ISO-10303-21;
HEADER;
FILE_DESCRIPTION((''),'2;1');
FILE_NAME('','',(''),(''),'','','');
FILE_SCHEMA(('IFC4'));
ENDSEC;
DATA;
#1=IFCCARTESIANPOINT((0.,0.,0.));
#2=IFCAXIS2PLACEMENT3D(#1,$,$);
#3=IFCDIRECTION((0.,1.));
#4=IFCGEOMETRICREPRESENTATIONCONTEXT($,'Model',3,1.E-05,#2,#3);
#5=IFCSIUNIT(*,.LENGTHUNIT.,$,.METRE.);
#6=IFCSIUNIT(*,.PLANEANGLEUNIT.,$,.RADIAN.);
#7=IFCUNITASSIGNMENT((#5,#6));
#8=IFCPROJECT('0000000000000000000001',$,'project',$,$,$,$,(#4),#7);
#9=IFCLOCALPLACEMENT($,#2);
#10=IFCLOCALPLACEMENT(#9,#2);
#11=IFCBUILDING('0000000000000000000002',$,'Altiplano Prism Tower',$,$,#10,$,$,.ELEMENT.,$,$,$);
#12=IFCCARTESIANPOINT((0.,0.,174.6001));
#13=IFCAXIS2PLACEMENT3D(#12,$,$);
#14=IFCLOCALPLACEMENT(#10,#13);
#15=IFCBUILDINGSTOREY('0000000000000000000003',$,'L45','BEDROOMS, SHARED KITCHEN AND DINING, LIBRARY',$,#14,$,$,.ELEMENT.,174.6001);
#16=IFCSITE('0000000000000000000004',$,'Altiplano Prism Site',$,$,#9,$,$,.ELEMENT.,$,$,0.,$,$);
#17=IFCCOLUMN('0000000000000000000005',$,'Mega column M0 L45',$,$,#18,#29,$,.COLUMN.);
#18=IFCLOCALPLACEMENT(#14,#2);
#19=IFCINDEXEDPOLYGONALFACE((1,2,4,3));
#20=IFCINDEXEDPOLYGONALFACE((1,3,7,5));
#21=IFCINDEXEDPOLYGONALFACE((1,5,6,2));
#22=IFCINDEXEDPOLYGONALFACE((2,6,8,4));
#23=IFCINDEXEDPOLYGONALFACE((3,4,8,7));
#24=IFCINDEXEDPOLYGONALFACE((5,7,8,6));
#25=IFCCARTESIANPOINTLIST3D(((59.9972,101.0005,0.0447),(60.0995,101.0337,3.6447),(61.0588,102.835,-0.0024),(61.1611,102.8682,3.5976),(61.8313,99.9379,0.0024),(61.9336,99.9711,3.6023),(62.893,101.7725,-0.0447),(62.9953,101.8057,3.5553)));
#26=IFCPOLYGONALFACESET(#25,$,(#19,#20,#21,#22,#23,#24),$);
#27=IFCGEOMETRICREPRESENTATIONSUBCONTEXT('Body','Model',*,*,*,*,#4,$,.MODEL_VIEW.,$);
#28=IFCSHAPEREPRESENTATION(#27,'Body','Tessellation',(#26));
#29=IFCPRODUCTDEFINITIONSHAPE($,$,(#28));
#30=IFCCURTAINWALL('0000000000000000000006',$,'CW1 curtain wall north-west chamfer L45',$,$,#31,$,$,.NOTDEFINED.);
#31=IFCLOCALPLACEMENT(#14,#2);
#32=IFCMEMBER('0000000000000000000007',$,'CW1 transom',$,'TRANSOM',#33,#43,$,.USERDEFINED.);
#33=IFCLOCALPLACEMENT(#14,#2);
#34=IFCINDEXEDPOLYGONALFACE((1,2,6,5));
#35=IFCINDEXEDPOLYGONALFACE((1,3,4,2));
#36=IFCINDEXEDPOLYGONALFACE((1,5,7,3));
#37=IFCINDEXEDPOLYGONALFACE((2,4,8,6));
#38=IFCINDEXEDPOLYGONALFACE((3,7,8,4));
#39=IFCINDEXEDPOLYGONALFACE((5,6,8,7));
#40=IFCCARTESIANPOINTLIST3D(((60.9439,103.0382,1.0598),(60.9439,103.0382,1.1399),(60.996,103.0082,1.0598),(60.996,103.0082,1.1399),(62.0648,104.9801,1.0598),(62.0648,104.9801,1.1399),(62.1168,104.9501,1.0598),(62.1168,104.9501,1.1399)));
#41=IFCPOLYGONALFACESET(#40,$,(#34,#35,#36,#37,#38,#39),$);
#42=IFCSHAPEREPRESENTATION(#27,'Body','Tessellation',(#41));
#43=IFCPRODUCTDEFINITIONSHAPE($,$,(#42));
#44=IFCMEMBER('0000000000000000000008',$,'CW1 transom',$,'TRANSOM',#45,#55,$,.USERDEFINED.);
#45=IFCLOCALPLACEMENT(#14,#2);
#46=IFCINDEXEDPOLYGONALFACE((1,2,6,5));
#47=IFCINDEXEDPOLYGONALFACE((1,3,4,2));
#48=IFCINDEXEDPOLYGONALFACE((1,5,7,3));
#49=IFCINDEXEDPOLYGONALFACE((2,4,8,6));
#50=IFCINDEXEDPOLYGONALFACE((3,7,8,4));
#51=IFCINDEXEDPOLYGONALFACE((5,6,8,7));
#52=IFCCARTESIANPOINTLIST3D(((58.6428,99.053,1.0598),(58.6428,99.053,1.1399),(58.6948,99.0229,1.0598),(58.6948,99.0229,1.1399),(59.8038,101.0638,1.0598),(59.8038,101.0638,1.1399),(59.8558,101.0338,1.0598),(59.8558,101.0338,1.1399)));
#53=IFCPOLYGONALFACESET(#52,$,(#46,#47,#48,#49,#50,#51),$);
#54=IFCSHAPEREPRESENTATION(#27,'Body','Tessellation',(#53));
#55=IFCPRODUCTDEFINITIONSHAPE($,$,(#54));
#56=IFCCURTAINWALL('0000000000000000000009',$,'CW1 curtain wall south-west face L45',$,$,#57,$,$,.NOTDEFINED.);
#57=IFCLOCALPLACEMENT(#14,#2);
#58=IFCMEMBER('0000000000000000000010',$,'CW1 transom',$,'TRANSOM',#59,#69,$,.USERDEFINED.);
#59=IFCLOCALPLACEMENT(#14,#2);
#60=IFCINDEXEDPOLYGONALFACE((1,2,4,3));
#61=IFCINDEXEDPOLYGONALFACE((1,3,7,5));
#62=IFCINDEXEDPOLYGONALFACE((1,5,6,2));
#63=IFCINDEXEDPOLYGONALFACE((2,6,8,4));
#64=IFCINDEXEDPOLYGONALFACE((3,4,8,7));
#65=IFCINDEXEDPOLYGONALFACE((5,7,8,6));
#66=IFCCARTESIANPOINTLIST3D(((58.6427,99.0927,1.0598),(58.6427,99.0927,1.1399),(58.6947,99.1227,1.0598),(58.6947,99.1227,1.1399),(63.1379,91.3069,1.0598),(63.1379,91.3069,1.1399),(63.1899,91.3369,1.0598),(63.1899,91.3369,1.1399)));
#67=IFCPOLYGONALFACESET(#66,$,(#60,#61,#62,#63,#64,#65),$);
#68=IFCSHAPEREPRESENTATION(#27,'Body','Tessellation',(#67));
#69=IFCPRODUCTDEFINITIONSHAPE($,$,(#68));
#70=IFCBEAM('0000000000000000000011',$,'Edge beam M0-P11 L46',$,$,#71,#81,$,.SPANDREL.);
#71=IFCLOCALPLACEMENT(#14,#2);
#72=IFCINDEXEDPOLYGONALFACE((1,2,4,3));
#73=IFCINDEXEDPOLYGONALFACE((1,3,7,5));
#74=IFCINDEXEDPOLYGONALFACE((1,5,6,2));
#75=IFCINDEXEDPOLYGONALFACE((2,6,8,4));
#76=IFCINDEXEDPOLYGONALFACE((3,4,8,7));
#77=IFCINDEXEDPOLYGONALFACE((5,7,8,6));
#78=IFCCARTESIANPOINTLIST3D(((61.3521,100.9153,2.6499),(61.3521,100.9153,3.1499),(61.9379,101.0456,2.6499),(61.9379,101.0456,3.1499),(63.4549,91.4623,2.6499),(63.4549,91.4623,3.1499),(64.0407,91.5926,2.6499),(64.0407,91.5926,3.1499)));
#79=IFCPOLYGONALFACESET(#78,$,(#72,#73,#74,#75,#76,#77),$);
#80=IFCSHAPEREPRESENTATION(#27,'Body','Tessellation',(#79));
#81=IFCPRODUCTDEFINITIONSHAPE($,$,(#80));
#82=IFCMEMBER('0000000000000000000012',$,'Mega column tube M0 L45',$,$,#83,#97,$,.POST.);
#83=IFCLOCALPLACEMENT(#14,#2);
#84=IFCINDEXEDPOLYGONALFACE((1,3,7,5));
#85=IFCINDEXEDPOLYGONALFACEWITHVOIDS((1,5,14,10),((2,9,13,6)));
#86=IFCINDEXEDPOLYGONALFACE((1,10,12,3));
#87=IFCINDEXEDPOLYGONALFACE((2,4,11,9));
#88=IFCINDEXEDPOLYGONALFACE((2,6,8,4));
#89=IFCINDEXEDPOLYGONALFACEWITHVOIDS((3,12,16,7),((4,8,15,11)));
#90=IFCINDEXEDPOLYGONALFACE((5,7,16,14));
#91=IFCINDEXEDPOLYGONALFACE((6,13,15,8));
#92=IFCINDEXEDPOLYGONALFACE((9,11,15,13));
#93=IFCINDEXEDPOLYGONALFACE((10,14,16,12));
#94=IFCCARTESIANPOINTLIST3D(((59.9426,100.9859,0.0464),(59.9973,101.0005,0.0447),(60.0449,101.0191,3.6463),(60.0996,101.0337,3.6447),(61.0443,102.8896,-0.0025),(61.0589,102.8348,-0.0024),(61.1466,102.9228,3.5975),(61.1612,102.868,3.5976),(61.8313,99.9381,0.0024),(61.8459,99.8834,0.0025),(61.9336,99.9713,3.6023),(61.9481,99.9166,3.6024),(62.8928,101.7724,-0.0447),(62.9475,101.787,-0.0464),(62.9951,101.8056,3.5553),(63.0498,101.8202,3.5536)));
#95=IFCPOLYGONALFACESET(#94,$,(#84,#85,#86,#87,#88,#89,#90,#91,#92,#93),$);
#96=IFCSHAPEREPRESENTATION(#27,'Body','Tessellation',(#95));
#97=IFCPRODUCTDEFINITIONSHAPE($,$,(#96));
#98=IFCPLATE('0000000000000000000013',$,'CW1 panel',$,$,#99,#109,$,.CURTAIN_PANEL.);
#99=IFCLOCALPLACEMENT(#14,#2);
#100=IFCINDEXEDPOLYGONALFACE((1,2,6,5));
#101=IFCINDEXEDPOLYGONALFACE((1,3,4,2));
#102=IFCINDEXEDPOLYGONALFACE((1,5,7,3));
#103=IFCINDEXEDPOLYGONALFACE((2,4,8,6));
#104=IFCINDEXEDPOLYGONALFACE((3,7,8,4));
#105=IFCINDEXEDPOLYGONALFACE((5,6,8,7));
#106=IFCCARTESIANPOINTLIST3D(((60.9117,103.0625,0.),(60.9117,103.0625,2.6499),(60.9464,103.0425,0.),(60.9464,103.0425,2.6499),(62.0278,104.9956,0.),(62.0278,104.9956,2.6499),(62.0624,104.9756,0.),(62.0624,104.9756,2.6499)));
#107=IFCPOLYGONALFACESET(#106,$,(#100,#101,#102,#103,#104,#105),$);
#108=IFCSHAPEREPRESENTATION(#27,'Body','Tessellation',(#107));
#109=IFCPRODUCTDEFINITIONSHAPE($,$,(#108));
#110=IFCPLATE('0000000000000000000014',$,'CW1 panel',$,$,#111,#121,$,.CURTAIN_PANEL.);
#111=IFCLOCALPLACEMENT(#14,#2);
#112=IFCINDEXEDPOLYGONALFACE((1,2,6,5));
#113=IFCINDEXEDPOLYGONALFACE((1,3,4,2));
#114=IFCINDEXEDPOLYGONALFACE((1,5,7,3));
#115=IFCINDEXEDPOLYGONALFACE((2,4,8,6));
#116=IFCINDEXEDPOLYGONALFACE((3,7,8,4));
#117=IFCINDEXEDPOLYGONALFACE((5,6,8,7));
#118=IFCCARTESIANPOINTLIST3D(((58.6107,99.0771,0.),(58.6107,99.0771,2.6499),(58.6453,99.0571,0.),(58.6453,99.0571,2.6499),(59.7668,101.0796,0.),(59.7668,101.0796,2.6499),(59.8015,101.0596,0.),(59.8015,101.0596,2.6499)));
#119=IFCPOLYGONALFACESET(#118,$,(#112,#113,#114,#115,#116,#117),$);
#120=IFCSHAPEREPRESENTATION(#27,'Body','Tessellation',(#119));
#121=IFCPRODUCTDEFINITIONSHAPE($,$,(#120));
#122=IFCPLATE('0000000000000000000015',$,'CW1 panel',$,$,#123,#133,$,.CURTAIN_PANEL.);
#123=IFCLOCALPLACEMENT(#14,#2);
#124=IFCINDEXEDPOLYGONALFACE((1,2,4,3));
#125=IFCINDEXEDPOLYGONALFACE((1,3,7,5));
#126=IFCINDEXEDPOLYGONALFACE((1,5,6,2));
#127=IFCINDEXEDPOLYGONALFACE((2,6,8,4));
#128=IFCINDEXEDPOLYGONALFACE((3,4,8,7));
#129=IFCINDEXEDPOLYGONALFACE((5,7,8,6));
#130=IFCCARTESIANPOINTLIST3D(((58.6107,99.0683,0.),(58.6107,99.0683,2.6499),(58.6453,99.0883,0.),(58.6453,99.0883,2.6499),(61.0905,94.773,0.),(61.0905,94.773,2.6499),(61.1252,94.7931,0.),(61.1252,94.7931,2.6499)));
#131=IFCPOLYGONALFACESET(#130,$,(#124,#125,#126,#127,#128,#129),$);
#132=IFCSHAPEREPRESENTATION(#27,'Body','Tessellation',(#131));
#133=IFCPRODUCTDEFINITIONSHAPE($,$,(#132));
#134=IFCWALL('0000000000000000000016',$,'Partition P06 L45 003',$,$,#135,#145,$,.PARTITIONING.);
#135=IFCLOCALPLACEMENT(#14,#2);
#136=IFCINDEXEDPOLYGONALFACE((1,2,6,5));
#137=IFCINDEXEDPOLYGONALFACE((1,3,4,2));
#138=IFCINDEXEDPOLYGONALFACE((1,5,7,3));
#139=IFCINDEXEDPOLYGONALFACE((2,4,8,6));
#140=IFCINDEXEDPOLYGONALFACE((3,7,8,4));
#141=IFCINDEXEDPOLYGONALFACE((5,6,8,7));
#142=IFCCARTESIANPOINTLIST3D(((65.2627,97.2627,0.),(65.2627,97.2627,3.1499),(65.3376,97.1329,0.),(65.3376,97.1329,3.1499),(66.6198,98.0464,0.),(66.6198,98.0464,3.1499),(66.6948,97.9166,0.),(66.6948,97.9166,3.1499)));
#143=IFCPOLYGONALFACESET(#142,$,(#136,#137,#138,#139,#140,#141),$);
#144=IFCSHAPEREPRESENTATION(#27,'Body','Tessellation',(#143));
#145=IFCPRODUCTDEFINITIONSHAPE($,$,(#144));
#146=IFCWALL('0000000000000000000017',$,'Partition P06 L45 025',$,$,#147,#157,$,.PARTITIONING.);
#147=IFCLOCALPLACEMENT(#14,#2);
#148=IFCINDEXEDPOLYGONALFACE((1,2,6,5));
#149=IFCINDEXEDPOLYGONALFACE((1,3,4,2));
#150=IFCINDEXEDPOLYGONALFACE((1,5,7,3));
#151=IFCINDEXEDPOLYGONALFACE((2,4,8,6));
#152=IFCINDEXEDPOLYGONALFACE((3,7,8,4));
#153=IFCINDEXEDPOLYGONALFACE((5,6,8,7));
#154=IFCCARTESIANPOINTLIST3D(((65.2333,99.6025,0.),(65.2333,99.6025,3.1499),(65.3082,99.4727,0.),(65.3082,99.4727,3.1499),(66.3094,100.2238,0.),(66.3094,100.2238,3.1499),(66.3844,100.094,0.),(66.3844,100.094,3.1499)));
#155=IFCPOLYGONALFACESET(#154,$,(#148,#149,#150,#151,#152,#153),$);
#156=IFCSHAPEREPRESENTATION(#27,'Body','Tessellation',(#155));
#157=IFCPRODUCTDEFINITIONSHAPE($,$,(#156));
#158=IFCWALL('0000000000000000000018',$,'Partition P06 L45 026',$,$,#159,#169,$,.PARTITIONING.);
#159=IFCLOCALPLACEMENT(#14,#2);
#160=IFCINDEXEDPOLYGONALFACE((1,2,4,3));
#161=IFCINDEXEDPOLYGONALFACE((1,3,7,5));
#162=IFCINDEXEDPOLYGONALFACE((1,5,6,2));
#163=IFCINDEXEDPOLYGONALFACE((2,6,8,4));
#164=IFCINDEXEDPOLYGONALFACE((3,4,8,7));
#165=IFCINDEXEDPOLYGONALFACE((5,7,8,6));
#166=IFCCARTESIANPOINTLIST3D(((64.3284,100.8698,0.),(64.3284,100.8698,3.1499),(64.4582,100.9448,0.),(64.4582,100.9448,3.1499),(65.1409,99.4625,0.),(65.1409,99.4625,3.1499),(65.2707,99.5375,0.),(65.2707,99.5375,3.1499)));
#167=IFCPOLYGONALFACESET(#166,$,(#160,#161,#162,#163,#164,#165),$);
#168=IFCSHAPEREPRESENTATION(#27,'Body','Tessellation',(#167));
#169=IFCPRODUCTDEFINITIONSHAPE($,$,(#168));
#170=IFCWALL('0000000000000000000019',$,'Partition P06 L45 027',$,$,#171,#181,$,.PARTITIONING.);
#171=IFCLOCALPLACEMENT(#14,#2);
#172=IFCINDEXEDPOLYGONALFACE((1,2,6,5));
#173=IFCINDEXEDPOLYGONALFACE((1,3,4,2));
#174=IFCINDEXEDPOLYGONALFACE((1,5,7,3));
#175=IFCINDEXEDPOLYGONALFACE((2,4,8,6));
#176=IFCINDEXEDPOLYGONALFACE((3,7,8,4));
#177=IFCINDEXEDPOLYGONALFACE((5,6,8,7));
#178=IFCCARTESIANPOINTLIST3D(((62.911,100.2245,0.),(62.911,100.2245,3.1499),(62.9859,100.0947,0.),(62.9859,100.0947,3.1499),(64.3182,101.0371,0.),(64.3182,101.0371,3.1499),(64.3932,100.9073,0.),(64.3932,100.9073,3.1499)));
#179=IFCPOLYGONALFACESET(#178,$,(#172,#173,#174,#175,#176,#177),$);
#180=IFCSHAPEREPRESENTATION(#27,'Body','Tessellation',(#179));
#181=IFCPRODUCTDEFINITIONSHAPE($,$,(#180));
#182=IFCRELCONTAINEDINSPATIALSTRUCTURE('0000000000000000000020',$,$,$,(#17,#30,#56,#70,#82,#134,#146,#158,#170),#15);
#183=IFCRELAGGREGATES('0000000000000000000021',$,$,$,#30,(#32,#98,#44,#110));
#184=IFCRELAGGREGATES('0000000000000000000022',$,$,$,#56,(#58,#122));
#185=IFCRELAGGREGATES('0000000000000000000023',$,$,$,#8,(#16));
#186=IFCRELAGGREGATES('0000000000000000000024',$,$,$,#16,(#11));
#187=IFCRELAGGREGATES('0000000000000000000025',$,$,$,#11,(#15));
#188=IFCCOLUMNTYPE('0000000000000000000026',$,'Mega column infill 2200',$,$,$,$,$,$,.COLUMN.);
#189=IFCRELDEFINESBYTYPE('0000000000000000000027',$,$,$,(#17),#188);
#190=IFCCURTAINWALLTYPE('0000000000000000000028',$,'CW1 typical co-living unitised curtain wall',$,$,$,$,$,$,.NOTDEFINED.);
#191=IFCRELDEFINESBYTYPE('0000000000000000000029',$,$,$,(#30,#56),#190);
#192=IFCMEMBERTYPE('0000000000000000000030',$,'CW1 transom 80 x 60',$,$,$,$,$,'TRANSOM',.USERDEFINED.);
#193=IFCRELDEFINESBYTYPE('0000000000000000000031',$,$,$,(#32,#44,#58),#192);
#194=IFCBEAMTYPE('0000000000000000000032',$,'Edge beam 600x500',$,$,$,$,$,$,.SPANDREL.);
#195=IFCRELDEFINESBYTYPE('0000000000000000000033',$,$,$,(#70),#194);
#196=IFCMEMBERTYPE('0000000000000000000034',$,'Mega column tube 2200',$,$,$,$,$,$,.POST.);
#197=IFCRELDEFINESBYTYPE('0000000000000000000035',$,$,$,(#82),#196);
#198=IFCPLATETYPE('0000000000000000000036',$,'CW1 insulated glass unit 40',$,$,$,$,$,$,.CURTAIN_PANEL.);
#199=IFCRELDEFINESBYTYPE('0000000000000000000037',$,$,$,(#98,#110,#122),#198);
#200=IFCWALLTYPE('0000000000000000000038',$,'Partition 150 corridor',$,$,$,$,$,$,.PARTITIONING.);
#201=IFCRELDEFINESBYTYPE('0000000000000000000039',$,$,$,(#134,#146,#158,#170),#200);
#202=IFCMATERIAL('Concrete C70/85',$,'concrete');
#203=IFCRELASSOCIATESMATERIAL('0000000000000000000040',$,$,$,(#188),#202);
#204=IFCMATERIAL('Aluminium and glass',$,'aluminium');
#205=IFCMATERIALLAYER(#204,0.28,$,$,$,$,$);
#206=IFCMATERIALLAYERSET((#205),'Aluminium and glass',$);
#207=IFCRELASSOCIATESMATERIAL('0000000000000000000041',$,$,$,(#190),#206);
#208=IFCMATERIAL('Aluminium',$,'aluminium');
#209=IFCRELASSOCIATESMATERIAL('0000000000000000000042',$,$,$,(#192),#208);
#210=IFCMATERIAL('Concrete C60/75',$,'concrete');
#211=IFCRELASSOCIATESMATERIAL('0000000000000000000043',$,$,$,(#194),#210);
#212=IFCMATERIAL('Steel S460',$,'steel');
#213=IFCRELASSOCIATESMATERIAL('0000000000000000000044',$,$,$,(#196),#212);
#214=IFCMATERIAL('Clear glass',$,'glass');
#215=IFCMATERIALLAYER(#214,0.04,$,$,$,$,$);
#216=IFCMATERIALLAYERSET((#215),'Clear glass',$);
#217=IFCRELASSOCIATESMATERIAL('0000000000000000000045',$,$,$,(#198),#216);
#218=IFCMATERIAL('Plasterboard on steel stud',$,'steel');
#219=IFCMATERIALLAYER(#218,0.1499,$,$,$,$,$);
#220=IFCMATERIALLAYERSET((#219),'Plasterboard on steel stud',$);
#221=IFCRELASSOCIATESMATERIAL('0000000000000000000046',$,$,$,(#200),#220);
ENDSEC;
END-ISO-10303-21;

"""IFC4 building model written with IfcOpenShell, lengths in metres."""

from ifc_helpers import new_model, si_unit, direction, frame, frame_2d, origin, origin_2d, place, context, subcontext, project, spatial, rectangle, hollow_rectangle, extrude, material, layer, layer_set, material_profile, profile_set, type_object, element, aggregate, save


model = new_model("IFC4")

# Units and contexts
model_context = context("Model", 3, precision=1e-05, world=origin(), true_north=direction((0.0, 1.0)))
body_context = subcontext(model_context, "Body", "Model", "MODEL_VIEW")
ifc_project = project(units=[si_unit("LENGTHUNIT", "METRE"), si_unit("PLANEANGLEUNIT", "RADIAN")], contexts=[model_context])

# Site, building, storey
site_placement = place(None, origin())
site = spatial("IfcSite", under=ifc_project, at=site_placement, Name="Altiplano Prism Site", CompositionType="ELEMENT", RefElevation=0.0)
building_placement = place(site_placement, origin())
building = spatial("IfcBuilding", under=site, at=building_placement, Name="Altiplano Prism Tower", CompositionType="ELEMENT")
storey_placement = place(building_placement, frame((0.0, 0.0, 174.6001)))
storey = spatial("IfcBuildingStorey", under=building, at=storey_placement, Name="L45", Description="BEDROOMS, SHARED KITCHEN AND DINING, LIBRARY", CompositionType="ELEMENT", Elevation=174.6001)

# Column
ifc_material_1 = material(Name="Concrete C70/85", Category="concrete")
ifc_material_profile_1 = material_profile(ifc_material_1, rectangle(XDim=2.1201, YDim=2.1201, at=origin_2d()), Name="Mega column infill 2200")
ifc_profile_set_1 = profile_set([ifc_material_profile_1], Name="Concrete C70/85")
column_type = type_object("IfcColumnType", Name="Mega column infill 2200", PredefinedType="COLUMN", material=ifc_profile_set_1)
column_placement = place(storey_placement, frame((61.4451, 101.3865, 0.0), z_axis=(0.028404, 0.009219, 0.999554), x_axis=(-0.865119, 0.50117, 0.019961)))
element("IfcColumn", 1, at=column_placement, inside=storey, type_object=column_type, Name="Mega column M0 L45", PredefinedType="COLUMN", context=body_context, shape_type="SweptSolid", body=[
    extrude(rectangle(XDim=2.1201, YDim=2.1201, at=origin_2d()), origin(), (0.0, 0.0, 1.0), 3.6016),
])

# Curtain wall, members
ifc_material_2 = material(Name="Aluminium and glass", Category="aluminium")
ifc_layer_1 = layer(ifc_material_2, 0.28)
ifc_layer_set_1 = layer_set([ifc_layer_1], Name="Aluminium and glass")
curtain_wall_type = type_object("IfcCurtainWallType", Name="CW1 typical co-living unitised curtain wall", PredefinedType="NOTDEFINED", material=ifc_layer_set_1)
curtain_wall_1_placement = place(storey_placement, origin())
curtain_wall_1 = element("IfcCurtainWall", 2, at=curtain_wall_1_placement, inside=storey, type_object=curtain_wall_type, Name="CW1 curtain wall north-west chamfer L45", PredefinedType="NOTDEFINED")
ifc_material_3 = material(Name="Aluminium", Category="aluminium")
ifc_material_profile_2 = material_profile(ifc_material_3, rectangle(XDim=0.0601, YDim=0.0801, at=origin_2d()), Name="CW1 transom 80 x 60")
ifc_profile_set_2 = profile_set([ifc_material_profile_2], Name="Aluminium")
member_type_1 = type_object("IfcMemberType", Name="CW1 transom 80 x 60", ElementType="TRANSOM", PredefinedType="USERDEFINED", material=ifc_profile_set_2)
member_1_placement = place(storey_placement, frame((62.0908, 104.9651, 1.0999), z_axis=(-0.499898, -0.866084, 0.0), x_axis=(0.866084, -0.499898, 0.0)))
member_1 = element("IfcMember", 3, at=member_1_placement, type_object=member_type_1, Name="CW1 transom", ObjectType="TRANSOM", PredefinedType="USERDEFINED", context=body_context, shape_type="SweptSolid", body=[
    extrude(rectangle(XDim=0.0601, YDim=0.0801, at=origin_2d()), origin(), (0.0, 0.0, 1.0), 2.2422),
])
member_2_placement = place(storey_placement, frame((59.8298, 101.0488, 1.0999), z_axis=(-0.500029, -0.866009, 0.0), x_axis=(0.866009, -0.500029, 0.0)))
member_2 = element("IfcMember", 4, at=member_2_placement, type_object=member_type_1, Name="CW1 transom", ObjectType="TRANSOM", PredefinedType="USERDEFINED", context=body_context, shape_type="SweptSolid", body=[
    extrude(rectangle(XDim=0.0601, YDim=0.0801, at=origin_2d()), origin(), (0.0, 0.0, 1.0), 2.322),
])

# Curtain wall, member
curtain_wall_2_placement = place(storey_placement, origin())
curtain_wall_2 = element("IfcCurtainWall", 5, at=curtain_wall_2_placement, inside=storey, type_object=curtain_wall_type, Name="CW1 curtain wall south-west face L45", PredefinedType="NOTDEFINED")
member_3_placement = place(storey_placement, frame((58.6687, 99.1077, 1.0999), z_axis=(0.500006, -0.866022, 0.0), x_axis=(0.866022, 0.500006, 0.0)))
member_3 = element("IfcMember", 6, at=member_3_placement, type_object=member_type_1, Name="CW1 transom", ObjectType="TRANSOM", PredefinedType="USERDEFINED", context=body_context, shape_type="SweptSolid", body=[
    extrude(rectangle(XDim=0.0601, YDim=0.0801, at=origin_2d()), origin(), (0.0, 0.0, 1.0), 8.9902),
])

# Beam
ifc_material_4 = material(Name="Concrete C60/75", Category="concrete")
ifc_material_profile_3 = material_profile(ifc_material_4, rectangle(XDim=0.6001, YDim=0.5, at=origin_2d()), Name="Edge beam 600x500")
ifc_profile_set_3 = profile_set([ifc_material_profile_3], Name="Concrete C60/75")
beam_type = type_object("IfcBeamType", Name="Edge beam 600x500", PredefinedType="SPANDREL", material=ifc_profile_set_3)
beam_placement = place(storey_placement, frame((61.645, 100.9805, 2.8999), z_axis=(0.217136, -0.976141, 0.0), x_axis=(0.976141, 0.217136, 0.0)))
element("IfcBeam", 7, at=beam_placement, inside=storey, type_object=beam_type, Name="Edge beam M0-P11 L46", PredefinedType="SPANDREL", context=body_context, shape_type="SweptSolid", body=[
    extrude(rectangle(XDim=0.6001, YDim=0.5, at=origin_2d()), origin(), (0.0, 0.0, 1.0), 9.6841),
])

# Member
ifc_material_5 = material(Name="Steel S460", Category="steel")
ifc_material_profile_4 = material_profile(ifc_material_5, hollow_rectangle(XDim=2.2, YDim=2.2, WallThickness=0.04, at=origin_2d()), Name="Mega column tube 2200")
ifc_profile_set_4 = profile_set([ifc_material_profile_4], Name="Steel S460")
member_type_2 = type_object("IfcMemberType", Name="Mega column tube 2200", PredefinedType="POST", material=ifc_profile_set_4)
member_4_placement = place(storey_placement, frame((61.4451, 101.3865, 0.0), z_axis=(0.028404, 0.009219, 0.999554), x_axis=(-0.865119, 0.50117, 0.019961)))
element("IfcMember", 8, at=member_4_placement, inside=storey, type_object=member_type_2, Name="Mega column tube M0 L45", PredefinedType="POST", context=body_context, shape_type="SweptSolid", body=[
    extrude(hollow_rectangle(XDim=2.2, YDim=2.2, WallThickness=0.04, at=origin_2d()), origin(), (0.0, 0.0, 1.0), 3.6016),
])

# Plates
ifc_material_6 = material(Name="Clear glass", Category="glass")
ifc_layer_2 = layer(ifc_material_6, 0.04)
ifc_layer_set_2 = layer_set([ifc_layer_2], Name="Clear glass")
plate_type = type_object("IfcPlateType", Name="CW1 insulated glass unit 40", PredefinedType="CURTAIN_PANEL", material=ifc_layer_set_2)
plate_1_placement = place(storey_placement, frame((61.4871, 104.019, 0.0), z_axis=(0.0, 0.0, 1.0), x_axis=(-0.5, -0.866025, 0.0)))
plate_1 = element("IfcPlate", 9, at=plate_1_placement, type_object=plate_type, Name="CW1 panel", PredefinedType="CURTAIN_PANEL", context=body_context, shape_type="SweptSolid", body=[
    extrude(rectangle(XDim=2.2322, YDim=0.04, at=origin_2d()), origin(), (0.0, 0.0, 1.0), 2.6499),
])
plate_2_placement = place(storey_placement, frame((59.2061, 100.0684, 0.0), z_axis=(0.0, 0.0, 1.0), x_axis=(-0.5, -0.866025, 0.0)))
plate_2 = element("IfcPlate", 10, at=plate_2_placement, type_object=plate_type, Name="CW1 panel", PredefinedType="CURTAIN_PANEL", context=body_context, shape_type="SweptSolid", body=[
    extrude(rectangle(XDim=2.3123, YDim=0.04, at=origin_2d()), origin(), (0.0, 0.0, 1.0), 2.6499),
])
aggregate(curtain_wall_1, [member_1, plate_1, member_2, plate_2])
plate_3_placement = place(storey_placement, frame((59.8679, 96.9307, 0.0), z_axis=(0.0, 0.0, 1.0), x_axis=(0.5, -0.866025, 0.0)))
plate_3 = element("IfcPlate", 11, at=plate_3_placement, type_object=plate_type, Name="CW1 panel", PredefinedType="CURTAIN_PANEL", context=body_context, shape_type="SweptSolid", body=[
    extrude(rectangle(XDim=4.9597, YDim=0.04, at=origin_2d()), origin(), (0.0, 0.0, 1.0), 2.6499),
])
aggregate(curtain_wall_2, [member_3, plate_3])

# Walls
ifc_material_7 = material(Name="Plasterboard on steel stud", Category="steel")
ifc_layer_3 = layer(ifc_material_7, 0.1499)
ifc_layer_set_3 = layer_set([ifc_layer_3], Name="Plasterboard on steel stud")
wall_type_1 = type_object("IfcWallType", Name="Partition 150 corridor", PredefinedType="PARTITIONING", material=ifc_layer_set_3)
wall_1_placement = place(storey_placement, frame((65.3, 97.1978, 0.0), z_axis=(0.0, 0.0, 1.0), x_axis=(0.865991, 0.50006, 0.0)))
element("IfcWall", 12, at=wall_1_placement, inside=storey, type_object=wall_type_1, Name="Partition P06 L45 003", PredefinedType="PARTITIONING", context=body_context, shape_type="SweptSolid", body=[
    extrude(rectangle(XDim=1.5671, YDim=0.1499, at=frame_2d((0.7837, 0.0))), origin(), (0.0, 0.0, 1.0), 3.1499),
])
wall_2_placement = place(storey_placement, frame((66.3469, 100.1589, 0.0), z_axis=(0.0, 0.0, 1.0), x_axis=(-0.866022, -0.500006, 0.0)))
element("IfcWall", 13, at=wall_2_placement, inside=storey, type_object=wall_type_1, Name="Partition P06 L45 025", PredefinedType="PARTITIONING", context=body_context, shape_type="SweptSolid", body=[
    extrude(rectangle(XDim=1.2427, YDim=0.1499, at=frame_2d((0.6213, 0.0))), origin(), (0.0, 0.0, 1.0), 3.1499),
])
for number, where, z_axis, x_axis, name in (
    (14, (65.2058, 99.5, 0.0), (0.0, 0.0, 1.0), (-0.500017, 0.866015, 0.0), "Partition P06 L45 026"),
    (15, (64.3557, 100.9722, 0.0), (0.0, 0.0, 1.0), (-0.866015, -0.500017, 0.0), "Partition P06 L45 027"),
):
    element("IfcWall", number, at=place(storey_placement, frame(where, z_axis=z_axis, x_axis=x_axis)), inside=storey, type_object=wall_type_1, Name=name, PredefinedType="PARTITIONING", context=body_context, shape_type="SweptSolid", body=[
        extrude(rectangle(XDim=1.625, YDim=0.1499, at=frame_2d((0.8125, 0.0))), origin(), (0.0, 0.0, 1.0), 3.1499),
    ])

save(model, "model.ifc")
